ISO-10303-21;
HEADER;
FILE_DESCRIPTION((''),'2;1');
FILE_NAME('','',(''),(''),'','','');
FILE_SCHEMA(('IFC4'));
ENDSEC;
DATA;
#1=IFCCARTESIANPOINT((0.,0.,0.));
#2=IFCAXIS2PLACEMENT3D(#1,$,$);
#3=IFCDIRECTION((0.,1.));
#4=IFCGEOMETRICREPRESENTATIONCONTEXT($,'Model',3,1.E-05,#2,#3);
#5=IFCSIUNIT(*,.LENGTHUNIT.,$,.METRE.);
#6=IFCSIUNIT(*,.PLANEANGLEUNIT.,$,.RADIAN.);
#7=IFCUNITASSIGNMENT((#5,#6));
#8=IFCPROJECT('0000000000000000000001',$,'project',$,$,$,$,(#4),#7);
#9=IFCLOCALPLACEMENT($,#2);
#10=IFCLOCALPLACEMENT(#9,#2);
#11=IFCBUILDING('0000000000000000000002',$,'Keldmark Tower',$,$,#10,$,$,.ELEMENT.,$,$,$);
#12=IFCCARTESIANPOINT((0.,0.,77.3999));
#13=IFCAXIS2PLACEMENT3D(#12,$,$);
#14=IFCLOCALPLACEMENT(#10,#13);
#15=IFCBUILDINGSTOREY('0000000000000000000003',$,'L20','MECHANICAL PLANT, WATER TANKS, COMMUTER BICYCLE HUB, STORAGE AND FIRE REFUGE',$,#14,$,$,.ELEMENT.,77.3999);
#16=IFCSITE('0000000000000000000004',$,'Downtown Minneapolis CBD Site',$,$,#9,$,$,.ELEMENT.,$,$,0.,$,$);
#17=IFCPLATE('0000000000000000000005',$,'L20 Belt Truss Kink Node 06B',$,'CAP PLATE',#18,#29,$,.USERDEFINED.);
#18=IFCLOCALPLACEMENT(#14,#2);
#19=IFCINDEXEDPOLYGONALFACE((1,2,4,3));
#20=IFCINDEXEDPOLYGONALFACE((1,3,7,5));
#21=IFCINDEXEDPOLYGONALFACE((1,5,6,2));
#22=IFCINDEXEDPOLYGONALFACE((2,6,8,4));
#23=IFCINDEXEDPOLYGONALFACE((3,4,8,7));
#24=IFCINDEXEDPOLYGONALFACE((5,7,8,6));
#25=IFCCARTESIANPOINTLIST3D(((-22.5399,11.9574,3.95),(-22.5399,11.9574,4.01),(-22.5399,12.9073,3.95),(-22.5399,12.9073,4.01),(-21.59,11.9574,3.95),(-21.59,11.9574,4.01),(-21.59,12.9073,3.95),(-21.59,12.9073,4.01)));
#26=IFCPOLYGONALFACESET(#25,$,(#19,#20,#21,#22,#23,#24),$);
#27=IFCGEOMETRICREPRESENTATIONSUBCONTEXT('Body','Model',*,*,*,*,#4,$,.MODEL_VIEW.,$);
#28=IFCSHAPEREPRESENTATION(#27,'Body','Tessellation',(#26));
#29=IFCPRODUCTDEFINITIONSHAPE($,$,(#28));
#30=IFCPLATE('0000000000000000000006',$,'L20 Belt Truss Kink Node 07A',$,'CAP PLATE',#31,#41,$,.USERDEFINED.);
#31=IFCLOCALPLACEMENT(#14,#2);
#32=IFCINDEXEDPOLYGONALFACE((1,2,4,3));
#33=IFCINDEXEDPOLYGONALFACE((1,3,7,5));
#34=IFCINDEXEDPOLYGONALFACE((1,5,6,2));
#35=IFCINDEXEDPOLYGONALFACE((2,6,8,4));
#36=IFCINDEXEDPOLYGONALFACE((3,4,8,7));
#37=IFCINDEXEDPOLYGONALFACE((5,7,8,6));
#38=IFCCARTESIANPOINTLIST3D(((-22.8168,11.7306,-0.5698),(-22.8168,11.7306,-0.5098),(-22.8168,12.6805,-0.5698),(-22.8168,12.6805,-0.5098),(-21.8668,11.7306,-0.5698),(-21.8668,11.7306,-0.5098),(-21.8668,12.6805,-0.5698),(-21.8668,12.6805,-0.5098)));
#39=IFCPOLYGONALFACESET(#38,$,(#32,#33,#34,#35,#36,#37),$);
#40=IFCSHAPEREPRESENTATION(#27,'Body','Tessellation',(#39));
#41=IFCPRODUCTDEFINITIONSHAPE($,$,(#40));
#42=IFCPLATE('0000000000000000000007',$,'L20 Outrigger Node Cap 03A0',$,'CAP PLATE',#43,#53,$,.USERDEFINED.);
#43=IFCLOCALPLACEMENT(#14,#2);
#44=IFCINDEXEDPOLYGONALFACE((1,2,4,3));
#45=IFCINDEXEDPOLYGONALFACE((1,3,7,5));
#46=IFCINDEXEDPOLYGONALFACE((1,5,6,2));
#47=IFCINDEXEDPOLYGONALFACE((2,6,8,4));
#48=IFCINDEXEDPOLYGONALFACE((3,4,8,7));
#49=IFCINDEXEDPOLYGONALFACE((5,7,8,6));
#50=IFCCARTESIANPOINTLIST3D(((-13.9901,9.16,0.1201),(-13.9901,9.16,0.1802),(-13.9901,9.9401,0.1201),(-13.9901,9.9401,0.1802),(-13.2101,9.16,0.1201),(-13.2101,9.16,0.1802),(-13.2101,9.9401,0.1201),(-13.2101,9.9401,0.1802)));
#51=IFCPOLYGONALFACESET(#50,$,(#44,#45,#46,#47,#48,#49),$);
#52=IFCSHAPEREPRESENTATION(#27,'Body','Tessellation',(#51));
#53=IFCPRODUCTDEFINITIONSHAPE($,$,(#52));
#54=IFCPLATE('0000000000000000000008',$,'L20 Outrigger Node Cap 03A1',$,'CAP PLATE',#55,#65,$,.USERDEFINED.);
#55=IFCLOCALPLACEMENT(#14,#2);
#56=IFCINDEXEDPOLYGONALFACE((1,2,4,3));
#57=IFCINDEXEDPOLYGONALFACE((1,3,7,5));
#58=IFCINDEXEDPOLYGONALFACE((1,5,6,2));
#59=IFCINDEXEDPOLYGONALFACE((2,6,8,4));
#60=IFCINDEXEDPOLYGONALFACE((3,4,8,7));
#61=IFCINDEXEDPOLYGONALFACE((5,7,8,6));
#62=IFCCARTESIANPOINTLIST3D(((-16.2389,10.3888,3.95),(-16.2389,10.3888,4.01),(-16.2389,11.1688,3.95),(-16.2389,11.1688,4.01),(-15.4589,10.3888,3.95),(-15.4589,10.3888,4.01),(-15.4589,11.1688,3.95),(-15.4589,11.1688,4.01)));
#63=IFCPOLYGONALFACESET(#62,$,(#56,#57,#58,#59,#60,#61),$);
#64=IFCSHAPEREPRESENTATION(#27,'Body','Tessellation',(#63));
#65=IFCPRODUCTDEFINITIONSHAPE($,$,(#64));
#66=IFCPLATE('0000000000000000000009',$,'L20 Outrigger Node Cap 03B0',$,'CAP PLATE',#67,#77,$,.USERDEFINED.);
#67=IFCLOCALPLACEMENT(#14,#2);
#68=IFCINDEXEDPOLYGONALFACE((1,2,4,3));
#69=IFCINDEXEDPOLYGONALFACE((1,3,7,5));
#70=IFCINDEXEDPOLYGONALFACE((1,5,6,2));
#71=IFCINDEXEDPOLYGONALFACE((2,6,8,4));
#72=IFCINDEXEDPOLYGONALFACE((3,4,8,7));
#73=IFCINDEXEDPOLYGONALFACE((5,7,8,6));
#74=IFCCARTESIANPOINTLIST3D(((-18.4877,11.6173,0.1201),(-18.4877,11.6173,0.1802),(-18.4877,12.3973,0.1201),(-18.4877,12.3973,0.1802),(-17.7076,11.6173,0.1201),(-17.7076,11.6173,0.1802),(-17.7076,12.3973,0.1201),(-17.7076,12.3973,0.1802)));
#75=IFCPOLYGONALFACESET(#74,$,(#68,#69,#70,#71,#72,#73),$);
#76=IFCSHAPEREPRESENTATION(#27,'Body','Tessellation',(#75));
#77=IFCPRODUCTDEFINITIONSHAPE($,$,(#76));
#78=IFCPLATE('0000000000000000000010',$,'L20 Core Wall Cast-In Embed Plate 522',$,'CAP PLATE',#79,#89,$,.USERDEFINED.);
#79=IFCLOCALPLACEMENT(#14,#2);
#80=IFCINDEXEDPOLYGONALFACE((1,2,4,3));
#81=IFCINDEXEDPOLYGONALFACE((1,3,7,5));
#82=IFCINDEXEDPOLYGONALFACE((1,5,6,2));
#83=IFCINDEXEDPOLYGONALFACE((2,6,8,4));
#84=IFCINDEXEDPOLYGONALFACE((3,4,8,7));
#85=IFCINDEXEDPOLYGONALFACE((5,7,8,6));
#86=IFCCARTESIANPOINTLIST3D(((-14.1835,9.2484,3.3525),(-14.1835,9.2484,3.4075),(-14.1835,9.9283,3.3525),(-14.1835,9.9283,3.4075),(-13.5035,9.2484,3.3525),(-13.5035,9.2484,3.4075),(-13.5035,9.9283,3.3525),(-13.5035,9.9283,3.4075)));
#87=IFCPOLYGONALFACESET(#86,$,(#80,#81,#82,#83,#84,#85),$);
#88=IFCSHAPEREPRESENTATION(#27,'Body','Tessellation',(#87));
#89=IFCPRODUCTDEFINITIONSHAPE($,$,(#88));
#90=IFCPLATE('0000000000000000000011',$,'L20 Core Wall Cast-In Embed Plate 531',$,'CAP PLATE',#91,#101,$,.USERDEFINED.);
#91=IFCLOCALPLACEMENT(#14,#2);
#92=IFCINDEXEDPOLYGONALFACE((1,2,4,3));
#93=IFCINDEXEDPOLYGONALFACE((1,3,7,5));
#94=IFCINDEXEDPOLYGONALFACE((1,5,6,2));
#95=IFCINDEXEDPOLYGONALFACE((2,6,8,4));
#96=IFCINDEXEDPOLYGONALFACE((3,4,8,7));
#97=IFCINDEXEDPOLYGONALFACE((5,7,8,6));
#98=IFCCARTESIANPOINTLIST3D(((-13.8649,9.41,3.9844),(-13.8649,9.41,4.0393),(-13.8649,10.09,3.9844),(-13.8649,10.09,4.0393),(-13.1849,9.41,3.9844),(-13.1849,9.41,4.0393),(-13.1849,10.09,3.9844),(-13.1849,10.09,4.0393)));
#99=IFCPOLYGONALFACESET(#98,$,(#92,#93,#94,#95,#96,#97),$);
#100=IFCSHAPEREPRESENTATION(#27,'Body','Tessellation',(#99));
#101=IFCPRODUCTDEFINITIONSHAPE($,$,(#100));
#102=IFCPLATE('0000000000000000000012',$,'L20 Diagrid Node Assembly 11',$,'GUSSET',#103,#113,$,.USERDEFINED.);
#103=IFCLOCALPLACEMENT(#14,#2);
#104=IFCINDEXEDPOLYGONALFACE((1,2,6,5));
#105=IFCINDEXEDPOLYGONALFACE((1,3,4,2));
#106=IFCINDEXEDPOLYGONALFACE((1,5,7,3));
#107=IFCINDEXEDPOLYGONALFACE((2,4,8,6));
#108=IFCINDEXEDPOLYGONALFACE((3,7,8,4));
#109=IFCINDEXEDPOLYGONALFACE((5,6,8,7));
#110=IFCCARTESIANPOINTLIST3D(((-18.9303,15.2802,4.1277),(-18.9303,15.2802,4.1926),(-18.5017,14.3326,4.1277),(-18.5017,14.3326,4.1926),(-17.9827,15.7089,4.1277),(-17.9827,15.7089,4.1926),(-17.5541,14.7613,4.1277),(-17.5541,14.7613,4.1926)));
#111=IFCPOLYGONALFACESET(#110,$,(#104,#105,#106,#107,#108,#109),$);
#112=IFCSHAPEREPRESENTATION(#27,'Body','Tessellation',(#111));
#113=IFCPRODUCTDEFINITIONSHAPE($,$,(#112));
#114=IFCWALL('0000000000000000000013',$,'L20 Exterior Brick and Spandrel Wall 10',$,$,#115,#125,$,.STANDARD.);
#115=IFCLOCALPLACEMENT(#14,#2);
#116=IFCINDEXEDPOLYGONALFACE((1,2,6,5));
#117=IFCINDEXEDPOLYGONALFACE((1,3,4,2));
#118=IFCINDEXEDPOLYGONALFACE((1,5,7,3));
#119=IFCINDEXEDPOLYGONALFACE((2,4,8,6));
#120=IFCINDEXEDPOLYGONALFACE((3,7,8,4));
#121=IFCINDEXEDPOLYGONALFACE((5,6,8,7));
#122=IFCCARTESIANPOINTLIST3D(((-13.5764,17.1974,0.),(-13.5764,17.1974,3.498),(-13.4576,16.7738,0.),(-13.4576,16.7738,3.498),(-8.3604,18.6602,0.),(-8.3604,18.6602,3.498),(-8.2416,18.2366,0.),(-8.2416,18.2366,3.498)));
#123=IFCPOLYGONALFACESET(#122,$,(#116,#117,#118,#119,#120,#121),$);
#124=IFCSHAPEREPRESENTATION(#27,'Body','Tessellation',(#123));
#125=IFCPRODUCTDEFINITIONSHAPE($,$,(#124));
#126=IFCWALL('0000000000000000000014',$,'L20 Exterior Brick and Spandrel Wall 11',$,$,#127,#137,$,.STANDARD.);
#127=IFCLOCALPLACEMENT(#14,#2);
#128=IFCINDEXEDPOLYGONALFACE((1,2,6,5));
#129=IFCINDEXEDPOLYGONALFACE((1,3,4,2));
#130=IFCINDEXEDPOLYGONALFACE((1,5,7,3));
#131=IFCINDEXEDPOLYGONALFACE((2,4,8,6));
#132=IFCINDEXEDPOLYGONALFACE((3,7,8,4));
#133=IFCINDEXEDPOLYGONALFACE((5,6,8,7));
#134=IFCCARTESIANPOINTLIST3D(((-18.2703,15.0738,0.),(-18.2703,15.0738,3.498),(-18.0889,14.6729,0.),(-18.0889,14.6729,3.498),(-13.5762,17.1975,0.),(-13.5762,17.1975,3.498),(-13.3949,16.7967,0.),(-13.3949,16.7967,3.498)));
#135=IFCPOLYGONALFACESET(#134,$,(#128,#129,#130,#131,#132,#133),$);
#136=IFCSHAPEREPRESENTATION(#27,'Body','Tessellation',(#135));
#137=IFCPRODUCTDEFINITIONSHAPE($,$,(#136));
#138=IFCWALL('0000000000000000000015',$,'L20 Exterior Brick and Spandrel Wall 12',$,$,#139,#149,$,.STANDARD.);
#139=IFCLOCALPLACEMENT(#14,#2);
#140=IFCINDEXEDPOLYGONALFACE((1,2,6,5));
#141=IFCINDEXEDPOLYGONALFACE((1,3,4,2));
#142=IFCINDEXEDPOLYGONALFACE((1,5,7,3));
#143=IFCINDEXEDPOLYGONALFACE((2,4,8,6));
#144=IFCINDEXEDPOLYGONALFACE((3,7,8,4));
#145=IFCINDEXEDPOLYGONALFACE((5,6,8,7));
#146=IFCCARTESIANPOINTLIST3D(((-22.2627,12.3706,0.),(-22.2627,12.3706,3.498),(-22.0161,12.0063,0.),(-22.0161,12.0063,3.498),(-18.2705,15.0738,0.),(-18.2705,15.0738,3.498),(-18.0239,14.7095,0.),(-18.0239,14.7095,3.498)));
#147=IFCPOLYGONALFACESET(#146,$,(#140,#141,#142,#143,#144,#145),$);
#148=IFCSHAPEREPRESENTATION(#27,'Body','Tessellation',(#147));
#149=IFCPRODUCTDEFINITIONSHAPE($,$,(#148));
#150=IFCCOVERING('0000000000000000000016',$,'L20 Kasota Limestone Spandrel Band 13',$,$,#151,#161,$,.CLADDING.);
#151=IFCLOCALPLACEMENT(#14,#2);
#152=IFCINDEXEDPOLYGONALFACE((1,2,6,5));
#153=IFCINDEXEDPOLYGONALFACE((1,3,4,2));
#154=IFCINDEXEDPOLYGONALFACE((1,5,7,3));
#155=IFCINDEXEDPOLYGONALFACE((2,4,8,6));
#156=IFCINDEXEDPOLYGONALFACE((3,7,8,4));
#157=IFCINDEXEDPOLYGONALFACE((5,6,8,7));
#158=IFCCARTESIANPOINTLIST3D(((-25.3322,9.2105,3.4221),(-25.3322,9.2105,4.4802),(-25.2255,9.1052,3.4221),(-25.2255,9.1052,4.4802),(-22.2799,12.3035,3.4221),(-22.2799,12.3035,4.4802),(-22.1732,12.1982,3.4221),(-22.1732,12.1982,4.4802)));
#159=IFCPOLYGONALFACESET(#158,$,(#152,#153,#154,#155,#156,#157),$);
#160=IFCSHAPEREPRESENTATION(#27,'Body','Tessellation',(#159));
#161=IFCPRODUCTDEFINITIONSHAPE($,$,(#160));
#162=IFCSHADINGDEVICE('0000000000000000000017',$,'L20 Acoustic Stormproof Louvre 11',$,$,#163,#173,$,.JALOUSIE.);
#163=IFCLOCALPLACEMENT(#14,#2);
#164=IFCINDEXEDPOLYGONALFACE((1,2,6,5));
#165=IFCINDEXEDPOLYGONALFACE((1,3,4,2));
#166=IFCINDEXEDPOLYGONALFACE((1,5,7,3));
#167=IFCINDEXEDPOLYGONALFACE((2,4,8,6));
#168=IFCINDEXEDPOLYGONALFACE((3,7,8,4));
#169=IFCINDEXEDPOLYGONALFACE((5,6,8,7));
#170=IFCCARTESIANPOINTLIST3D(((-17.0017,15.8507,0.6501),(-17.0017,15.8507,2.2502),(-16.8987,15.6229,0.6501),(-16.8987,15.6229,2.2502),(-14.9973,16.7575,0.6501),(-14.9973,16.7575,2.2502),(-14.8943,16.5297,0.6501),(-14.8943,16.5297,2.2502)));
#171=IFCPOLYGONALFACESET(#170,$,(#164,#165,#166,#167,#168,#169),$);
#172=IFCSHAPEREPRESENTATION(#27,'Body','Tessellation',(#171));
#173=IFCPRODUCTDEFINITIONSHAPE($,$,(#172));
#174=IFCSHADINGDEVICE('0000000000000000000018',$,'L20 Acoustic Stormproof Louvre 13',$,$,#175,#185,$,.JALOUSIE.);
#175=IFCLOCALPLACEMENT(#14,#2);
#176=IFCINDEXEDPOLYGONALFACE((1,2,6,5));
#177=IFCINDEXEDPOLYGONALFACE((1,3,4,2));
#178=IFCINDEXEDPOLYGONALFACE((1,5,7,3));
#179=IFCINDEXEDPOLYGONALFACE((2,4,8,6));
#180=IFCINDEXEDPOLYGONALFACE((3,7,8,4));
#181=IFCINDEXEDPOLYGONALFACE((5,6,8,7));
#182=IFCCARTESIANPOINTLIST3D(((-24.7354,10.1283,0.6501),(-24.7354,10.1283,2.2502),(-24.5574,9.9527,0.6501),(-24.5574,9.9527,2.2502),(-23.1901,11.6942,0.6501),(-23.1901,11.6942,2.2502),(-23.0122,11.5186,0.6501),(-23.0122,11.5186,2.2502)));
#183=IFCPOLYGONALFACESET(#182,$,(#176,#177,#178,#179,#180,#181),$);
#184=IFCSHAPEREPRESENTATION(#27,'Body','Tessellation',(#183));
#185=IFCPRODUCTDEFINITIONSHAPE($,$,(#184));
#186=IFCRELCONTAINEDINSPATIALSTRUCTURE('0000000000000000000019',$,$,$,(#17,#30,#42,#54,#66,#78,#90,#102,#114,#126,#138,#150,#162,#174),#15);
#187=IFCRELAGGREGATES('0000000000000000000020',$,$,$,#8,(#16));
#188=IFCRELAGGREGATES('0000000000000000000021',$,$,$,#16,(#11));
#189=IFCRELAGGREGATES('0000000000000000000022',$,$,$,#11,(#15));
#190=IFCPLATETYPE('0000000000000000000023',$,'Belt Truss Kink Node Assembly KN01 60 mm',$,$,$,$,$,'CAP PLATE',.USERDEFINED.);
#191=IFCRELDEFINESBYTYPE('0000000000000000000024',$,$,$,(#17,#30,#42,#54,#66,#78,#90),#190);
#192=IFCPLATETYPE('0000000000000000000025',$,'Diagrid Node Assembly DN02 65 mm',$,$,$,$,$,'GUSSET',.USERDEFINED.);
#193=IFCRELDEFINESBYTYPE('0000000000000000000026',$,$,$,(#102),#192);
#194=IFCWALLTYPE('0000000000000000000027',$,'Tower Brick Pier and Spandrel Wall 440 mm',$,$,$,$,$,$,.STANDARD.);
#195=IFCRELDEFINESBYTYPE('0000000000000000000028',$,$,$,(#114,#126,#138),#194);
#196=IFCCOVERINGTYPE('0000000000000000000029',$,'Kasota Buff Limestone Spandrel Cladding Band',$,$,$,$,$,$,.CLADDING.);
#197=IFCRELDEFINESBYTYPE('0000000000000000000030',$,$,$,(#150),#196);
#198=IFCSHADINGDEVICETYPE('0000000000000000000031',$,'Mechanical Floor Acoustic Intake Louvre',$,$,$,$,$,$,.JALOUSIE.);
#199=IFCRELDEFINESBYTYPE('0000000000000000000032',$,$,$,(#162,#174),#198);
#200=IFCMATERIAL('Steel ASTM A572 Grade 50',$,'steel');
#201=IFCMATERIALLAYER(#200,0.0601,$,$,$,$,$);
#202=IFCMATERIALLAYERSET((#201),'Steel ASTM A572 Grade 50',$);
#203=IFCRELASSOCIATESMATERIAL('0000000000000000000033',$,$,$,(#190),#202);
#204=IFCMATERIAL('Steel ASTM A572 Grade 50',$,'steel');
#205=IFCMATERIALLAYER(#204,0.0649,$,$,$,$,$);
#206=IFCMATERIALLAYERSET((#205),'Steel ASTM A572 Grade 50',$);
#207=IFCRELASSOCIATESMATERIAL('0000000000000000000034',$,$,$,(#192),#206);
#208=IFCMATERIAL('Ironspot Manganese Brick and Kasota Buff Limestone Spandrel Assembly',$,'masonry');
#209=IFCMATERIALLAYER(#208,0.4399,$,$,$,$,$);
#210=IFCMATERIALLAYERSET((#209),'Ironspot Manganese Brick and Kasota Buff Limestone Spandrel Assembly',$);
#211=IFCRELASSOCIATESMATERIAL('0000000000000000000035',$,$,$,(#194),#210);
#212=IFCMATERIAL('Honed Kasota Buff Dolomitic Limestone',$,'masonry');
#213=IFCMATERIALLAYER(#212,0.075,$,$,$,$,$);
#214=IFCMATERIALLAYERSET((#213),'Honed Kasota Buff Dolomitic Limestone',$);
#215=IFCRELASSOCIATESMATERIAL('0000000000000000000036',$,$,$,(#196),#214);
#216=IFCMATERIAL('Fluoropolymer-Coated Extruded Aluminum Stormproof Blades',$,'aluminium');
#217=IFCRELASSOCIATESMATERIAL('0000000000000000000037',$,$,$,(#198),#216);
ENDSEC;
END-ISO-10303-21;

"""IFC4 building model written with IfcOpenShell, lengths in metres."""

from ifc_helpers import new_model, si_unit, direction, frame, frame_2d, origin, origin_2d, place, context, subcontext, project, spatial, rectangle, extrude, material, layer, layer_set, type_object, element, save


model = new_model("IFC4")

# Units and contexts
model_context = context("Model", 3, precision=1e-05, world=origin(), true_north=direction((0.0, 1.0)))
body_context = subcontext(model_context, "Body", "Model", "MODEL_VIEW")
ifc_project = project(units=[si_unit("LENGTHUNIT", "METRE"), si_unit("PLANEANGLEUNIT", "RADIAN")], contexts=[model_context])

# Site, building, storey
site_placement = place(None, origin())
site = spatial("IfcSite", under=ifc_project, at=site_placement, Name="Downtown Minneapolis CBD Site", CompositionType="ELEMENT", RefElevation=0.0)
building_placement = place(site_placement, origin())
building = spatial("IfcBuilding", under=site, at=building_placement, Name="Keldmark Tower", CompositionType="ELEMENT")
storey_placement = place(building_placement, frame((0.0, 0.0, 77.3999)))
storey = spatial("IfcBuildingStorey", under=building, at=storey_placement, Name="L20", Description="MECHANICAL PLANT, WATER TANKS, COMMUTER BICYCLE HUB, STORAGE AND FIRE REFUGE", CompositionType="ELEMENT", Elevation=77.3999)

# Plates
ifc_material_1 = material(Name="Steel ASTM A572 Grade 50", Category="steel")
ifc_layer_1 = layer(ifc_material_1, 0.0601)
ifc_layer_set_1 = layer_set([ifc_layer_1], Name="Steel ASTM A572 Grade 50")
plate_type_1 = type_object("IfcPlateType", Name="Belt Truss Kink Node Assembly KN01 60 mm", ElementType="CAP PLATE", PredefinedType="USERDEFINED", material=ifc_layer_set_1)
for number, where, z_axis, x_axis, name in (
    (1, (-22.0649, 12.4324, 3.95), (0.0, 0.0, 1.0), (1.0, 0.0, 0.0), "L20 Belt Truss Kink Node 06B"),
    (2, (-22.3418, 12.2056, -0.5698), (0.0, 0.0, 1.0), (1.0, 0.0, 0.0), "L20 Belt Truss Kink Node 07A"),
):
    element("IfcPlate", number, at=place(storey_placement, frame(where, z_axis=z_axis, x_axis=x_axis)), inside=storey, type_object=plate_type_1, Name=name, ObjectType="CAP PLATE", PredefinedType="USERDEFINED", context=body_context, shape_type="SweptSolid", body=[
        extrude(rectangle(XDim=0.95, YDim=0.95, at=origin_2d()), origin(), (0.0, 0.0, 1.0), 0.0601),
    ])
for number, where, z_axis, x_axis, name in (
    (3, (-13.6001, 9.55, 0.1201), (0.0, 0.0, 1.0), (1.0, 0.0, 0.0), "L20 Outrigger Node Cap 03A0"),
    (4, (-15.8489, 10.7788, 3.95), (0.0, 0.0, 1.0), (1.0, 0.0, 0.0), "L20 Outrigger Node Cap 03A1"),
    (5, (-18.0977, 12.0073, 0.1201), (0.0, 0.0, 1.0), (1.0, 0.0, 0.0), "L20 Outrigger Node Cap 03B0"),
):
    element("IfcPlate", number, at=place(storey_placement, frame(where, z_axis=z_axis, x_axis=x_axis)), inside=storey, type_object=plate_type_1, Name=name, ObjectType="CAP PLATE", PredefinedType="USERDEFINED", context=body_context, shape_type="SweptSolid", body=[
        extrude(rectangle(XDim=0.78, YDim=0.78, at=origin_2d()), origin(), (0.0, 0.0, 1.0), 0.0601),
    ])
for number, where, z_axis, x_axis, name in (
    (6, (-13.8435, 9.5884, 3.3525), (0.0, 0.0, 1.0), (1.0, 0.0, 0.0), "L20 Core Wall Cast-In Embed Plate 522"),
    (7, (-13.5249, 9.75, 3.9844), (0.0, 0.0, 1.0), (1.0, 0.0, 0.0), "L20 Core Wall Cast-In Embed Plate 531"),
):
    element("IfcPlate", number, at=place(storey_placement, frame(where, z_axis=z_axis, x_axis=x_axis)), inside=storey, type_object=plate_type_1, Name=name, ObjectType="CAP PLATE", PredefinedType="USERDEFINED", context=body_context, shape_type="SweptSolid", body=[
        extrude(rectangle(XDim=0.6799, YDim=0.6799, at=origin_2d()), origin(), (0.0, 0.0, 1.0), 0.0549),
    ])
ifc_material_2 = material(Name="Steel ASTM A572 Grade 50", Category="steel")
ifc_layer_2 = layer(ifc_material_2, 0.0649)
ifc_layer_set_2 = layer_set([ifc_layer_2], Name="Steel ASTM A572 Grade 50")
plate_type_2 = type_object("IfcPlateType", Name="Diagrid Node Assembly DN02 65 mm", ElementType="GUSSET", PredefinedType="USERDEFINED", material=ifc_layer_set_2)
plate_placement = place(storey_placement, frame((-18.2422, 15.0208, 4.1277), z_axis=(0.0, 0.0, 1.0), x_axis=(-0.911116, -0.412151, 0.0)))
element("IfcPlate", 8, at=plate_placement, inside=storey, type_object=plate_type_2, Name="L20 Diagrid Node Assembly 11", ObjectType="GUSSET", PredefinedType="USERDEFINED", context=body_context, shape_type="SweptSolid", body=[
    extrude(rectangle(XDim=1.04, YDim=1.04, at=origin_2d()), origin(), (0.0, 0.0, 1.0), 0.0649),
])

# Walls
ifc_material_3 = material(Name="Ironspot Manganese Brick and Kasota Buff Limestone Spandrel Assembly", Category="masonry")
ifc_layer_3 = layer(ifc_material_3, 0.4399)
ifc_layer_set_3 = layer_set([ifc_layer_3], Name="Ironspot Manganese Brick and Kasota Buff Limestone Spandrel Assembly")
wall_type = type_object("IfcWallType", Name="Tower Brick Pier and Spandrel Wall 440 mm", PredefinedType="STANDARD", material=ifc_layer_set_3)
wall_1_placement = place(storey_placement, frame((-13.5168, 16.9856, 0.0), z_axis=(0.0, 0.0, 1.0), x_axis=(0.962849, 0.270039, 0.0)))
element("IfcWall", 9, at=wall_1_placement, inside=storey, type_object=wall_type, Name="L20 Exterior Brick and Spandrel Wall 10", PredefinedType="STANDARD", context=body_context, shape_type="SweptSolid", body=[
    extrude(rectangle(XDim=5.4172, YDim=0.4399, at=frame_2d((2.7085, 0.0))), origin(), (0.0, 0.0, 1.0), 3.498),
])
wall_2_placement = place(storey_placement, frame((-18.1797, 14.8733, 0.0), z_axis=(0.0, 0.0, 1.0), x_axis=(0.911089, 0.41221, 0.0)))
element("IfcWall", 10, at=wall_2_placement, inside=storey, type_object=wall_type, Name="L20 Exterior Brick and Spandrel Wall 11", PredefinedType="STANDARD", context=body_context, shape_type="SweptSolid", body=[
    extrude(rectangle(XDim=5.1521, YDim=0.4399, at=frame_2d((2.5762, 0.0))), origin(), (0.0, 0.0, 1.0), 3.498),
])
wall_3_placement = place(storey_placement, frame((-22.1394, 12.1885, 0.0), z_axis=(0.0, 0.0, 1.0), x_axis=(0.82804, 0.560669, 0.0)))
element("IfcWall", 11, at=wall_3_placement, inside=storey, type_object=wall_type, Name="L20 Exterior Brick and Spandrel Wall 12", PredefinedType="STANDARD", context=body_context, shape_type="SweptSolid", body=[
    extrude(rectangle(XDim=4.8213, YDim=0.4399, at=frame_2d((2.4106, 0.0))), origin(), (0.0, 0.0, 1.0), 3.498),
])

# Covering
ifc_material_4 = material(Name="Honed Kasota Buff Dolomitic Limestone", Category="masonry")
ifc_layer_4 = layer(ifc_material_4, 0.075)
ifc_layer_set_4 = layer_set([ifc_layer_4], Name="Honed Kasota Buff Dolomitic Limestone")
covering_type = type_object("IfcCoveringType", Name="Kasota Buff Limestone Spandrel Cladding Band", PredefinedType="CLADDING", material=ifc_layer_set_4)
covering_placement = place(storey_placement, frame((-23.7527, 10.7043, 3.4221), z_axis=(0.0, 0.0, 1.0), x_axis=(-0.702402, -0.711781, 0.0)))
element("IfcCovering", 12, at=covering_placement, inside=storey, type_object=covering_type, Name="L20 Kasota Limestone Spandrel Band 13", PredefinedType="CLADDING", context=body_context, shape_type="SweptSolid", body=[
    extrude(rectangle(XDim=4.3455, YDim=0.1499, at=origin_2d()), origin(), (0.0, 0.0, 1.0), 1.0581),
])

# Shading devices
ifc_material_5 = material(Name="Fluoropolymer-Coated Extruded Aluminum Stormproof Blades", Category="aluminium")
shading_device_type = type_object("IfcShadingDeviceType", Name="Mechanical Floor Acoustic Intake Louvre", PredefinedType="JALOUSIE", material=ifc_material_5)
for number, where, z_axis, x_axis, name in (
    (13, (-15.948, 16.1902, 0.6501), (0.0, 0.0, 1.0), (-0.911094, -0.412198, 0.0), "L20 Acoustic Stormproof Louvre 11"),
    (14, (-23.8738, 10.8235, 0.6501), (0.0, 0.0, 1.0), (-0.702402, -0.711781, 0.0), "L20 Acoustic Stormproof Louvre 13"),
):
    element("IfcShadingDevice", number, at=place(storey_placement, frame(where, z_axis=z_axis, x_axis=x_axis)), inside=storey, type_object=shading_device_type, Name=name, PredefinedType="JALOUSIE", context=body_context, shape_type="SweptSolid", body=[
        extrude(rectangle(XDim=2.2, YDim=0.25, at=origin_2d()), origin(), (0.0, 0.0, 1.0), 1.6001),
    ])

save(model, "model.ifc")
